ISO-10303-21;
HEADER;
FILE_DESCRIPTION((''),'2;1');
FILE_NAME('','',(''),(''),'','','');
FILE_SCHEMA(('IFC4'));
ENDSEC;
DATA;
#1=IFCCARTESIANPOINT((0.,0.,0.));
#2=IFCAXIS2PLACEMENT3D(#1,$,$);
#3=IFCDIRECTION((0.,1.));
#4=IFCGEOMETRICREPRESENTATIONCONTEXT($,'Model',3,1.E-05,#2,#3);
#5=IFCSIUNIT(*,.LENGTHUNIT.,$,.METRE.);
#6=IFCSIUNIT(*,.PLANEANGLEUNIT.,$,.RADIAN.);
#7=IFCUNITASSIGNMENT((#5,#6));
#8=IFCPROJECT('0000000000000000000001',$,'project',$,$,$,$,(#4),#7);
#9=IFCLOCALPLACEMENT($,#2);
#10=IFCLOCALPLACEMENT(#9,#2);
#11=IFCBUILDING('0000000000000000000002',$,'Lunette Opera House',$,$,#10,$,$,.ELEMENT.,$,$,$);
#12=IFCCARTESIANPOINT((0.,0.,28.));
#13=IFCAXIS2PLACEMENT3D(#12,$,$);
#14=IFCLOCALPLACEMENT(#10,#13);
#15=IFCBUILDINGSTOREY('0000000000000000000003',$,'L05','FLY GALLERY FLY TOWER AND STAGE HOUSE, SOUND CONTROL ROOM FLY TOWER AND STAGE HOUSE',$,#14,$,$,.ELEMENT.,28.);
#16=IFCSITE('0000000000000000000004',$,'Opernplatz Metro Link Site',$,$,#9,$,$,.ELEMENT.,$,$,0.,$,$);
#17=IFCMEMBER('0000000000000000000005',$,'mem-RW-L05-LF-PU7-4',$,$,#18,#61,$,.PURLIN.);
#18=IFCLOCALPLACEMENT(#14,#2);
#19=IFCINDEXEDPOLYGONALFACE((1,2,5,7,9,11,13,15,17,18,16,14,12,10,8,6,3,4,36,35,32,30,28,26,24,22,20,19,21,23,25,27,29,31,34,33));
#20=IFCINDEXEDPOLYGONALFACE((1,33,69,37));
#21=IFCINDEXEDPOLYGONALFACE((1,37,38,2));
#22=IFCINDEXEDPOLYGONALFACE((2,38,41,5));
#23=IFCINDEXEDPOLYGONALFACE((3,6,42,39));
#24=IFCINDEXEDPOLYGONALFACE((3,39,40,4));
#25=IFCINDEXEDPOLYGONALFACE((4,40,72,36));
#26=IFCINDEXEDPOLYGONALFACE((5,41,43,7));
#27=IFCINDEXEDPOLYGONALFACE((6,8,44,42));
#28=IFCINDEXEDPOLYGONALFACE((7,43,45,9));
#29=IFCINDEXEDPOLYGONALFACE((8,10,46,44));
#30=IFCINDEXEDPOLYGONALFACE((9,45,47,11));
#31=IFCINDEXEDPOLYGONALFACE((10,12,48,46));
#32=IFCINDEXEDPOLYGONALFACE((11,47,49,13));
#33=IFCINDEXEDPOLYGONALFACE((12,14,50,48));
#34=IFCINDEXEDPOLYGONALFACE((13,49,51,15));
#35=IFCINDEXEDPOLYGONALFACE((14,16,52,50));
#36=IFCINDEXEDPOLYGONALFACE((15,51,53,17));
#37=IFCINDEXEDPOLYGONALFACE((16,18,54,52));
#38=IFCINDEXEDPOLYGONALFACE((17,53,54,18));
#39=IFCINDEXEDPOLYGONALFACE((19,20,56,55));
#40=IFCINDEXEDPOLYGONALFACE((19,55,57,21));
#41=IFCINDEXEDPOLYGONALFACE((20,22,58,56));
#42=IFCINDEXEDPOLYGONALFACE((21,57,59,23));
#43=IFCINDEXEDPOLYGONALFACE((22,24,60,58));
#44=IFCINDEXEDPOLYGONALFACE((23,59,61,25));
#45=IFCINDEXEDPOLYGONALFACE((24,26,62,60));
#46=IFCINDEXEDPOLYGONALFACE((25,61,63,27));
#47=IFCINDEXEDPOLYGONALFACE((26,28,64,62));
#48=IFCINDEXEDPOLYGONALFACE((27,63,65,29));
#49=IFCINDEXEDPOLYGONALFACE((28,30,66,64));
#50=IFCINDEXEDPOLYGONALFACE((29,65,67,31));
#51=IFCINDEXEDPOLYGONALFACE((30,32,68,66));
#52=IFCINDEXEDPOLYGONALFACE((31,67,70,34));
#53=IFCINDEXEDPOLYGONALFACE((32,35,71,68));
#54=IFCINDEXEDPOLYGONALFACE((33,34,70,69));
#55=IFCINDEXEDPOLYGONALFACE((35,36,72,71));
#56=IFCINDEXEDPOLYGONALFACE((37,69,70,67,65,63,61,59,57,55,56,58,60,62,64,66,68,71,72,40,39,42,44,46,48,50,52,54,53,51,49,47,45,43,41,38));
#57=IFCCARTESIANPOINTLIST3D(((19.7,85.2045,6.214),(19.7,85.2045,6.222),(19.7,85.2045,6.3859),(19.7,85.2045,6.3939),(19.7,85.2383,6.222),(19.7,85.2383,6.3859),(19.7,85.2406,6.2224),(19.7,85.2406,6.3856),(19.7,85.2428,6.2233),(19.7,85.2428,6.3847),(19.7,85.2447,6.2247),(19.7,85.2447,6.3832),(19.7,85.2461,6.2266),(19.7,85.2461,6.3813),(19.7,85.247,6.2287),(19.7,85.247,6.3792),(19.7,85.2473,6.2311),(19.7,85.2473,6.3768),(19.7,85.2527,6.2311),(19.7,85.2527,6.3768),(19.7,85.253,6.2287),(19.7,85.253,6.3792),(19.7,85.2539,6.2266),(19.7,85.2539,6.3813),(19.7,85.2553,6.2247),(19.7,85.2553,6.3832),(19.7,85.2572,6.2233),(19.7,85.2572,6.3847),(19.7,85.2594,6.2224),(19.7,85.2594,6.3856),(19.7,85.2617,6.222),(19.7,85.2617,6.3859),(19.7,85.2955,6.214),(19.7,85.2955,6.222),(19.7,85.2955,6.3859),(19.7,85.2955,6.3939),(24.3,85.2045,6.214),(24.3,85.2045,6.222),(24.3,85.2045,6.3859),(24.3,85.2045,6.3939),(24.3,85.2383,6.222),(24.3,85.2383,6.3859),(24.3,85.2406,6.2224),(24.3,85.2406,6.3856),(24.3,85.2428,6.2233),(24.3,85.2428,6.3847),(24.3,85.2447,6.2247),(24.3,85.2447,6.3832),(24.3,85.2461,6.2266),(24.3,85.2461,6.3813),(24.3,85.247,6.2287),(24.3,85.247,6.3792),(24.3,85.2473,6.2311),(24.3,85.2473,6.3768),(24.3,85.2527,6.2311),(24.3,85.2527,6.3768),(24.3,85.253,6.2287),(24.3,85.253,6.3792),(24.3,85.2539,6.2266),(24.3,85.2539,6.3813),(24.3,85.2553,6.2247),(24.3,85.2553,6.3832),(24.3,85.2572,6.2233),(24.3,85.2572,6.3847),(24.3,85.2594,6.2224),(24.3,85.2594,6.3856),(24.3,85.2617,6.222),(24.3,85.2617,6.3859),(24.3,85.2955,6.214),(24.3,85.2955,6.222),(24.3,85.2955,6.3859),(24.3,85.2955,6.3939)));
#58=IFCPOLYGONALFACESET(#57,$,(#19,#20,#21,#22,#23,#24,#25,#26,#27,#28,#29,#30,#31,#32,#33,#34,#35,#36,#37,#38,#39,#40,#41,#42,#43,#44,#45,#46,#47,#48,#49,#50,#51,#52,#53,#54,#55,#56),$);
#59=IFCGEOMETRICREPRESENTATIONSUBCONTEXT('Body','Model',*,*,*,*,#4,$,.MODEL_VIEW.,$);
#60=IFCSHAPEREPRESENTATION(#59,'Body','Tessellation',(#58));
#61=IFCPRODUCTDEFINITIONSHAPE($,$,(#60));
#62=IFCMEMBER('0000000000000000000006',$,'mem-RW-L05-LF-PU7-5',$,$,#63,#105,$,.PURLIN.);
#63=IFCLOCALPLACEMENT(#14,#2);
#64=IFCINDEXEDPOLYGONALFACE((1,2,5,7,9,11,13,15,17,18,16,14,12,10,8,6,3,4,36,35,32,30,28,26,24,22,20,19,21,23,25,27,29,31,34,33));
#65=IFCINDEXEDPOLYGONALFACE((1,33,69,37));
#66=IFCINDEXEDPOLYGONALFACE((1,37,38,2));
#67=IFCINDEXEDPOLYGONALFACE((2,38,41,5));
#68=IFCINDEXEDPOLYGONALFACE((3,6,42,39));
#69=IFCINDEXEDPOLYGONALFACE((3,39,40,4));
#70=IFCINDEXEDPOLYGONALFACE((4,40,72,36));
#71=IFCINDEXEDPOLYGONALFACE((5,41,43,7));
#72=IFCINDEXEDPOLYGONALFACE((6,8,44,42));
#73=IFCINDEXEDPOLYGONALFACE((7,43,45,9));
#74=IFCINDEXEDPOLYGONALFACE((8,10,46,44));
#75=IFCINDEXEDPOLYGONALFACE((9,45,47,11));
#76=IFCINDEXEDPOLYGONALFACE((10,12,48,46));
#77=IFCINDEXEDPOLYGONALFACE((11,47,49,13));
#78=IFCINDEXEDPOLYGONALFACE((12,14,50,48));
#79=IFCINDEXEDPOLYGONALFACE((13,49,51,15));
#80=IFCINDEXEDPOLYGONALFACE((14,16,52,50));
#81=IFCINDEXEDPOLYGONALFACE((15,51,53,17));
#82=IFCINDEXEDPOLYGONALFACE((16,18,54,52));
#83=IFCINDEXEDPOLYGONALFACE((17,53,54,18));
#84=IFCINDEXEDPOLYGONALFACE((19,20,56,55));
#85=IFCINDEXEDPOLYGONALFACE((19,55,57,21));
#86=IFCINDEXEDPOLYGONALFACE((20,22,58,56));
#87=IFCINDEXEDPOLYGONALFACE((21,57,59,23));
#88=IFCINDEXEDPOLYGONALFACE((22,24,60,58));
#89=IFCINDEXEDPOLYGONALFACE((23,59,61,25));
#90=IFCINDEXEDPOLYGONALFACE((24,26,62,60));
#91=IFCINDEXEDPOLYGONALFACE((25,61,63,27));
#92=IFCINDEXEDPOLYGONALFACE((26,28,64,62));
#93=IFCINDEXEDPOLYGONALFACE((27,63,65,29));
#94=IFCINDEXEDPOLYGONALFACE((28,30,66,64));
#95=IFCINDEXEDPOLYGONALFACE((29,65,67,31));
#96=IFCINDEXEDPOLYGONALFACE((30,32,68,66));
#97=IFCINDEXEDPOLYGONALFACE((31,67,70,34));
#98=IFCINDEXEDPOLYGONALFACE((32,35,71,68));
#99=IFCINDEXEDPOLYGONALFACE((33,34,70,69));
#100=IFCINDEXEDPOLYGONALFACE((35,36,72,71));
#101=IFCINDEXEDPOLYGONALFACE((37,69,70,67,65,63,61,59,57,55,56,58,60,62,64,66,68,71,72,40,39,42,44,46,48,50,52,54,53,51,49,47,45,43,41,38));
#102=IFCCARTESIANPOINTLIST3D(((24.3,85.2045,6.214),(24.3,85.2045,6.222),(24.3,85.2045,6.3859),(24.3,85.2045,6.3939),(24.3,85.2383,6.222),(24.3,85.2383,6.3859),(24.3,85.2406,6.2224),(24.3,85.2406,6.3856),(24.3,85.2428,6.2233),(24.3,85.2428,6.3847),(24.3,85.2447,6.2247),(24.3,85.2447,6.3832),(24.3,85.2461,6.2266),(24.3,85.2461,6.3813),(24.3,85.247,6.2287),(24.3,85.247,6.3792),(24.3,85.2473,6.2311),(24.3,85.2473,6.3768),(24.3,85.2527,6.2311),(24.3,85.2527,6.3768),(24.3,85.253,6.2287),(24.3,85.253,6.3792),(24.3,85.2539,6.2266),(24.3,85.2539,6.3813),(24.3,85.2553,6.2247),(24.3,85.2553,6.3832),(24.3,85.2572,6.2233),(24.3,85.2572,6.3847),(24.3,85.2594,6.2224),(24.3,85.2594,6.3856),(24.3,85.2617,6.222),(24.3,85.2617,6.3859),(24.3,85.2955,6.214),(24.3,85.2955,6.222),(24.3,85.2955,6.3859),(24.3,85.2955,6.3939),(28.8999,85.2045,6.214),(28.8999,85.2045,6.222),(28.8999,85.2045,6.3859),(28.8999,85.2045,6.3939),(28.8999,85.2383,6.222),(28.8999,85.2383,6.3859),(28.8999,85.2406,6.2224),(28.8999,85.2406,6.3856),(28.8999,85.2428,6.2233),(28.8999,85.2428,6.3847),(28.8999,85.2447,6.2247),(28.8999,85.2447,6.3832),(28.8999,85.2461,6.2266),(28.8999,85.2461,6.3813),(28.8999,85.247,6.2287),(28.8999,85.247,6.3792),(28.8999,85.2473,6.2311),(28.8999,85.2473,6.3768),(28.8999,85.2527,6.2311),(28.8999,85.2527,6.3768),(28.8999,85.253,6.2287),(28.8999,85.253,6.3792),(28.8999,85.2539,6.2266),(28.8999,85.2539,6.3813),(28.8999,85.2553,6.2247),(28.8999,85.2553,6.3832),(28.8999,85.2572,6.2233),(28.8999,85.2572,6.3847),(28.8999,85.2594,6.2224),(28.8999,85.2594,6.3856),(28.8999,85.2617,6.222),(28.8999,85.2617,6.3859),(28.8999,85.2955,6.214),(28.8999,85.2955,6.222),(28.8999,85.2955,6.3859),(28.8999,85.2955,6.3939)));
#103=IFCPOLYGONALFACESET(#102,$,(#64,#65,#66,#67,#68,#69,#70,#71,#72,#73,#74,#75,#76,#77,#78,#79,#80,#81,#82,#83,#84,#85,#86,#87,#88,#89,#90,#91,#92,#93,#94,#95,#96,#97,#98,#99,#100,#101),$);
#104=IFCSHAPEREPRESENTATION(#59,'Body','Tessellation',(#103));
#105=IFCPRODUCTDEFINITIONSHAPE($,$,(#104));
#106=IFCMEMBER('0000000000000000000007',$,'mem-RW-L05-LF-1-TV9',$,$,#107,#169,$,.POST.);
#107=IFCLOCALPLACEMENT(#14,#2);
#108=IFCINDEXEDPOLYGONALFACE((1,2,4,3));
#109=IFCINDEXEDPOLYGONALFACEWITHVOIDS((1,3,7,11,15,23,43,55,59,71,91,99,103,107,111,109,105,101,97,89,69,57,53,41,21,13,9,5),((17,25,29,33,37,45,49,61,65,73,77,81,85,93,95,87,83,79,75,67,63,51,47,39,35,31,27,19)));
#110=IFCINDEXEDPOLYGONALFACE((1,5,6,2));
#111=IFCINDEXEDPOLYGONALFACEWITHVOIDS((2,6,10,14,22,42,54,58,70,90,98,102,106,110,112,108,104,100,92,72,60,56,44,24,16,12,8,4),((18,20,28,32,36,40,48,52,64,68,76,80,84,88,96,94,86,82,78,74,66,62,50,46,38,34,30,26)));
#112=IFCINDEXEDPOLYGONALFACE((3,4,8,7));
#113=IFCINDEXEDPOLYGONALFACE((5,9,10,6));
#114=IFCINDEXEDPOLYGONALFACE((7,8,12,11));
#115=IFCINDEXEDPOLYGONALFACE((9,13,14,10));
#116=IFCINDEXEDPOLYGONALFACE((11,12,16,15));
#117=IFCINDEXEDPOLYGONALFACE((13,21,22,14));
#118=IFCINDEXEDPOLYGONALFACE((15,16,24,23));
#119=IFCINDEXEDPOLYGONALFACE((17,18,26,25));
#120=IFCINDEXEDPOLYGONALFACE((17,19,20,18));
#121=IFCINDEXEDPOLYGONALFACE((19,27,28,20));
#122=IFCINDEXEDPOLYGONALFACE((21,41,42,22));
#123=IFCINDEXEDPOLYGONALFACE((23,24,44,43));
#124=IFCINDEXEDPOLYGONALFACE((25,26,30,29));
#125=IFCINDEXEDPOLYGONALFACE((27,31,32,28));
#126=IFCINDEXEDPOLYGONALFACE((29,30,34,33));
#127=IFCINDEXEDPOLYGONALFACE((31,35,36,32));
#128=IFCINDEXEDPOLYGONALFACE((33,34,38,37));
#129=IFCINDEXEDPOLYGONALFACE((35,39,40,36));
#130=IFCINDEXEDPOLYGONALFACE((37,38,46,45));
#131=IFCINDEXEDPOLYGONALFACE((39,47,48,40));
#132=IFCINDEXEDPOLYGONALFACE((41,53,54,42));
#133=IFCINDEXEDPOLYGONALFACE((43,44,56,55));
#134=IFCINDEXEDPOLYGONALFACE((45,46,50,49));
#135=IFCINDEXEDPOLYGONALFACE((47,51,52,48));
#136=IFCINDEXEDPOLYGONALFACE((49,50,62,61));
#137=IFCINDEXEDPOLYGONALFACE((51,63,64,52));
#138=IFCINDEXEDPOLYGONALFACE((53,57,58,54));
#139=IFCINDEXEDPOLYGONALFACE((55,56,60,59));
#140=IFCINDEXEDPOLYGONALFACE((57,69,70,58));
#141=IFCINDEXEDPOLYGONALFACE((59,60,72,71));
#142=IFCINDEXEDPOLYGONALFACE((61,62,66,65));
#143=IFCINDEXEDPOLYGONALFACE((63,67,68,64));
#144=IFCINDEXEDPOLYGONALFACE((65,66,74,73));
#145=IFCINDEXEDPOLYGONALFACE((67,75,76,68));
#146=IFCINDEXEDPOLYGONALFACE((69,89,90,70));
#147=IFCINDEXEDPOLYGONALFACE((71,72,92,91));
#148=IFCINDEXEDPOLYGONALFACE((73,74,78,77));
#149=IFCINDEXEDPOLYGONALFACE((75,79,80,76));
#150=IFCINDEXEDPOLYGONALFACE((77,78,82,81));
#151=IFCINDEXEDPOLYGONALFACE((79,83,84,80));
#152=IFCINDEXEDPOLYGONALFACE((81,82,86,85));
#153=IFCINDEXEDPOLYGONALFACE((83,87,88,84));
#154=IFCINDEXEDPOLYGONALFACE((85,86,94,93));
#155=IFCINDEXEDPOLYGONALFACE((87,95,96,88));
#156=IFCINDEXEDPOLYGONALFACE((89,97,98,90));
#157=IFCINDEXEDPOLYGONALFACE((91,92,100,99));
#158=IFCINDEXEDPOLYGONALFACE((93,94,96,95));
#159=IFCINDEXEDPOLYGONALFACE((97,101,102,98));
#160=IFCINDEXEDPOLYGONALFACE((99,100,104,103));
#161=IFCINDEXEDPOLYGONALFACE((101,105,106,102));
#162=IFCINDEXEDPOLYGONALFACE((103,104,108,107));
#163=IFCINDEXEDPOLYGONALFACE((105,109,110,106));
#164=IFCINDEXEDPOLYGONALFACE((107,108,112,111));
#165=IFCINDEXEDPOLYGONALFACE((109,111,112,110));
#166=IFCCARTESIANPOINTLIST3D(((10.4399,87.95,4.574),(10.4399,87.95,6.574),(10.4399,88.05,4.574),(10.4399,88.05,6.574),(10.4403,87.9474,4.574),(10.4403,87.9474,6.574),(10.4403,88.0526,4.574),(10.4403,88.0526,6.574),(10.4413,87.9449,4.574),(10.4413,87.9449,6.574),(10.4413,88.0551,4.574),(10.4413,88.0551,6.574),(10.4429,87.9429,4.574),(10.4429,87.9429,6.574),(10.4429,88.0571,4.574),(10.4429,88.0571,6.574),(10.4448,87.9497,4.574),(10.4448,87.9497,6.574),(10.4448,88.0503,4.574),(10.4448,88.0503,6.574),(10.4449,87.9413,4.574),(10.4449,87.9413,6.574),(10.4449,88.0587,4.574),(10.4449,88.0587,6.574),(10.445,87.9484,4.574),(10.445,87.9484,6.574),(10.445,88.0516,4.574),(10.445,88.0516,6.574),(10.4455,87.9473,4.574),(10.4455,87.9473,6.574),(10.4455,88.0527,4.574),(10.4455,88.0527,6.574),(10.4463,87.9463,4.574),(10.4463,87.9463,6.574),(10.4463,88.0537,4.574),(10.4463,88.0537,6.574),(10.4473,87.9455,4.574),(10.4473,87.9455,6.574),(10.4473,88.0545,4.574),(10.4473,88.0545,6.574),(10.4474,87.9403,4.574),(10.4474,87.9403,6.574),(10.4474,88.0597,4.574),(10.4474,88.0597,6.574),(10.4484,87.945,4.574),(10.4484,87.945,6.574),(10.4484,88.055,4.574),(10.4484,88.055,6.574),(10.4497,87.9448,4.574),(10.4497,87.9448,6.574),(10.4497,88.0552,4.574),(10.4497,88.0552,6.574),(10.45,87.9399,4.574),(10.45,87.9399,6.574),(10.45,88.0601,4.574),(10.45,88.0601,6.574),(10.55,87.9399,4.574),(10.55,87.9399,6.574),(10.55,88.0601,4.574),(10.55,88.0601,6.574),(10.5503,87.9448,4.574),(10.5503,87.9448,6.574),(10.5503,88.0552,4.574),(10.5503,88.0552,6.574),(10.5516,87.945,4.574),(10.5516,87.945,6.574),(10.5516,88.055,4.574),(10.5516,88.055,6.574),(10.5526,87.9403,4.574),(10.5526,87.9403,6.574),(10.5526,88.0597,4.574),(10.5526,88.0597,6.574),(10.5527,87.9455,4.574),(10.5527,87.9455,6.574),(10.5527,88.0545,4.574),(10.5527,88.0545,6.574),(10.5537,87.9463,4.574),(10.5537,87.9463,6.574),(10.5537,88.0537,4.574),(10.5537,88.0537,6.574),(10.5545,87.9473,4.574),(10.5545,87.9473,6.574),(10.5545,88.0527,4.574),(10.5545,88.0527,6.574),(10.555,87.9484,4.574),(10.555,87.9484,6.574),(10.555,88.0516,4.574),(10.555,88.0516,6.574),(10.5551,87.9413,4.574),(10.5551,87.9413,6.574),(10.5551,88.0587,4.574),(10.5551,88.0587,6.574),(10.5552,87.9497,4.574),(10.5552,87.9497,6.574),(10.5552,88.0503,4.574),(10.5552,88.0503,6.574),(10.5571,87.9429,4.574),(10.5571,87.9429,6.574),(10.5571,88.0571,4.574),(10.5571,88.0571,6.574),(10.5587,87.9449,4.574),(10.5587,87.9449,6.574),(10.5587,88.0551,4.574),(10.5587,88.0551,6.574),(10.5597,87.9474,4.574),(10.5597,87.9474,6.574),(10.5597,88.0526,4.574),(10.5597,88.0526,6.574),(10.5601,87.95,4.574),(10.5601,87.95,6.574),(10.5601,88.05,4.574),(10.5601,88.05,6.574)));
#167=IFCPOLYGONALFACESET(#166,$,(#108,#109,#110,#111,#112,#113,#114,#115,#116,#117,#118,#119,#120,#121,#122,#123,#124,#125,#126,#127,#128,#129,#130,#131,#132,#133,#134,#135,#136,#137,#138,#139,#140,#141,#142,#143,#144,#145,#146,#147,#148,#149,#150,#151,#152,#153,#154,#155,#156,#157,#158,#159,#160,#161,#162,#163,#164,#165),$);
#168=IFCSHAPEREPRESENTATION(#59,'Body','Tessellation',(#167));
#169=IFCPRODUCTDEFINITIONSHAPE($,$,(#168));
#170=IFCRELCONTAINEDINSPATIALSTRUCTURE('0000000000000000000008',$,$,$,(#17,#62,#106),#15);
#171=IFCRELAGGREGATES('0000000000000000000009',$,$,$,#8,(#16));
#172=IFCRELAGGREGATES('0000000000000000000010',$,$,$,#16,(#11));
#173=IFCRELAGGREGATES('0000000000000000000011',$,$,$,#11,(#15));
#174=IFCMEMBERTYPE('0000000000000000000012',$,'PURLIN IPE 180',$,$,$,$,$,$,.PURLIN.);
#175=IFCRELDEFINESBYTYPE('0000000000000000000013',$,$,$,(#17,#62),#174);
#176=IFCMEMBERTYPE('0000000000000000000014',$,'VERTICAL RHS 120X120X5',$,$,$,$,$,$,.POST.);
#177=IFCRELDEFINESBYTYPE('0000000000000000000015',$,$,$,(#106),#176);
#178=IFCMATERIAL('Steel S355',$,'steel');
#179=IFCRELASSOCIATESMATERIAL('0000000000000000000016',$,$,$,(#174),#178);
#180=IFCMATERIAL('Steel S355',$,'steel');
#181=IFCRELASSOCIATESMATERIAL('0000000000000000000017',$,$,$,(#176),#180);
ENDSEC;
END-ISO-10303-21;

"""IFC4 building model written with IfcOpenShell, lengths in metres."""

from ifc_helpers import new_model, si_unit, direction, frame, origin, origin_2d, place, context, subcontext, project, spatial, hollow_rectangle, i_section, extrude, material, material_profile, profile_set, type_object, element, save


model = new_model("IFC4")

# Units and contexts
model_context = context("Model", 3, precision=1e-05, world=origin(), true_north=direction((0.0, 1.0)))
body_context = subcontext(model_context, "Body", "Model", "MODEL_VIEW")
ifc_project = project(units=[si_unit("LENGTHUNIT", "METRE"), si_unit("PLANEANGLEUNIT", "RADIAN")], contexts=[model_context])

# Site, building, storey
site_placement = place(None, origin())
site = spatial("IfcSite", under=ifc_project, at=site_placement, Name="Opernplatz Metro Link Site", CompositionType="ELEMENT", RefElevation=0.0)
building_placement = place(site_placement, origin())
building = spatial("IfcBuilding", under=site, at=building_placement, Name="Lunette Opera House", CompositionType="ELEMENT")
storey_placement = place(building_placement, frame((0.0, 0.0, 28.0)))
storey = spatial("IfcBuildingStorey", under=building, at=storey_placement, Name="L05", Description="FLY GALLERY FLY TOWER AND STAGE HOUSE, SOUND CONTROL ROOM FLY TOWER AND STAGE HOUSE", CompositionType="ELEMENT", Elevation=28.0)

# Members
ifc_material_1 = material(Name="Steel S355", Category="steel")
ifc_material_profile_1 = material_profile(ifc_material_1, i_section(OverallWidth=0.0911, OverallDepth=0.1799, WebThickness=0.0054, FlangeThickness=0.0081, FilletRadius=0.009, at=origin_2d()), Name="IPE 180")
ifc_profile_set_1 = profile_set([ifc_material_profile_1], Name="Steel S355")
member_type_1 = type_object("IfcMemberType", Name="PURLIN IPE 180", PredefinedType="PURLIN", material=ifc_profile_set_1)
member_1_placement = place(storey_placement, frame((19.7, 85.25, 6.304), z_axis=(1.0, 0.0, 0.0), x_axis=(0.0, 1.0, 0.0)))
element("IfcMember", 1, at=member_1_placement, inside=storey, type_object=member_type_1, Name="mem-RW-L05-LF-PU7-4", PredefinedType="PURLIN", context=body_context, shape_type="SweptSolid", body=[
    extrude(i_section(OverallWidth=0.0911, OverallDepth=0.1799, WebThickness=0.0054, FlangeThickness=0.0081, FilletRadius=0.009, at=origin_2d()), origin(), (0.0, 0.0, 1.0), 4.6001),
])
member_2_placement = place(storey_placement, frame((24.3, 85.25, 6.304), z_axis=(1.0, 0.0, 0.0), x_axis=(0.0, 1.0, 0.0)))
element("IfcMember", 2, at=member_2_placement, inside=storey, type_object=member_type_1, Name="mem-RW-L05-LF-PU7-5", PredefinedType="PURLIN", context=body_context, shape_type="SweptSolid", body=[
    extrude(i_section(OverallWidth=0.0911, OverallDepth=0.1799, WebThickness=0.0054, FlangeThickness=0.0081, FilletRadius=0.009, at=origin_2d()), origin(), (0.0, 0.0, 1.0), 4.5999),
])
ifc_material_2 = material(Name="Steel S355", Category="steel")
ifc_material_profile_2 = material_profile(ifc_material_2, hollow_rectangle(XDim=0.1201, YDim=0.1201, WallThickness=0.0049, InnerFilletRadius=0.0049, OuterFilletRadius=0.01, at=origin_2d()), Name="RHS 120X120X5")
ifc_profile_set_2 = profile_set([ifc_material_profile_2], Name="Steel S355")
member_type_2 = type_object("IfcMemberType", Name="VERTICAL RHS 120X120X5", PredefinedType="POST", material=ifc_profile_set_2)
for number, where, z_axis, x_axis, name in (
    (3, (10.5, 88.0, 4.574), (0.0, 0.0, 1.0), (1.0, 0.0, 0.0), "mem-RW-L05-LF-1-TV9"),
):
    element("IfcMember", number, at=place(storey_placement, frame(where, z_axis=z_axis, x_axis=x_axis)), inside=storey, type_object=member_type_2, Name=name, PredefinedType="POST", context=body_context, shape_type="SweptSolid", body=[
        extrude(hollow_rectangle(XDim=0.1201, YDim=0.1201, WallThickness=0.0049, InnerFilletRadius=0.0049, OuterFilletRadius=0.01, at=origin_2d()), origin(), (0.0, 0.0, 1.0), 2.0),
    ])

save(model, "model.ifc")
